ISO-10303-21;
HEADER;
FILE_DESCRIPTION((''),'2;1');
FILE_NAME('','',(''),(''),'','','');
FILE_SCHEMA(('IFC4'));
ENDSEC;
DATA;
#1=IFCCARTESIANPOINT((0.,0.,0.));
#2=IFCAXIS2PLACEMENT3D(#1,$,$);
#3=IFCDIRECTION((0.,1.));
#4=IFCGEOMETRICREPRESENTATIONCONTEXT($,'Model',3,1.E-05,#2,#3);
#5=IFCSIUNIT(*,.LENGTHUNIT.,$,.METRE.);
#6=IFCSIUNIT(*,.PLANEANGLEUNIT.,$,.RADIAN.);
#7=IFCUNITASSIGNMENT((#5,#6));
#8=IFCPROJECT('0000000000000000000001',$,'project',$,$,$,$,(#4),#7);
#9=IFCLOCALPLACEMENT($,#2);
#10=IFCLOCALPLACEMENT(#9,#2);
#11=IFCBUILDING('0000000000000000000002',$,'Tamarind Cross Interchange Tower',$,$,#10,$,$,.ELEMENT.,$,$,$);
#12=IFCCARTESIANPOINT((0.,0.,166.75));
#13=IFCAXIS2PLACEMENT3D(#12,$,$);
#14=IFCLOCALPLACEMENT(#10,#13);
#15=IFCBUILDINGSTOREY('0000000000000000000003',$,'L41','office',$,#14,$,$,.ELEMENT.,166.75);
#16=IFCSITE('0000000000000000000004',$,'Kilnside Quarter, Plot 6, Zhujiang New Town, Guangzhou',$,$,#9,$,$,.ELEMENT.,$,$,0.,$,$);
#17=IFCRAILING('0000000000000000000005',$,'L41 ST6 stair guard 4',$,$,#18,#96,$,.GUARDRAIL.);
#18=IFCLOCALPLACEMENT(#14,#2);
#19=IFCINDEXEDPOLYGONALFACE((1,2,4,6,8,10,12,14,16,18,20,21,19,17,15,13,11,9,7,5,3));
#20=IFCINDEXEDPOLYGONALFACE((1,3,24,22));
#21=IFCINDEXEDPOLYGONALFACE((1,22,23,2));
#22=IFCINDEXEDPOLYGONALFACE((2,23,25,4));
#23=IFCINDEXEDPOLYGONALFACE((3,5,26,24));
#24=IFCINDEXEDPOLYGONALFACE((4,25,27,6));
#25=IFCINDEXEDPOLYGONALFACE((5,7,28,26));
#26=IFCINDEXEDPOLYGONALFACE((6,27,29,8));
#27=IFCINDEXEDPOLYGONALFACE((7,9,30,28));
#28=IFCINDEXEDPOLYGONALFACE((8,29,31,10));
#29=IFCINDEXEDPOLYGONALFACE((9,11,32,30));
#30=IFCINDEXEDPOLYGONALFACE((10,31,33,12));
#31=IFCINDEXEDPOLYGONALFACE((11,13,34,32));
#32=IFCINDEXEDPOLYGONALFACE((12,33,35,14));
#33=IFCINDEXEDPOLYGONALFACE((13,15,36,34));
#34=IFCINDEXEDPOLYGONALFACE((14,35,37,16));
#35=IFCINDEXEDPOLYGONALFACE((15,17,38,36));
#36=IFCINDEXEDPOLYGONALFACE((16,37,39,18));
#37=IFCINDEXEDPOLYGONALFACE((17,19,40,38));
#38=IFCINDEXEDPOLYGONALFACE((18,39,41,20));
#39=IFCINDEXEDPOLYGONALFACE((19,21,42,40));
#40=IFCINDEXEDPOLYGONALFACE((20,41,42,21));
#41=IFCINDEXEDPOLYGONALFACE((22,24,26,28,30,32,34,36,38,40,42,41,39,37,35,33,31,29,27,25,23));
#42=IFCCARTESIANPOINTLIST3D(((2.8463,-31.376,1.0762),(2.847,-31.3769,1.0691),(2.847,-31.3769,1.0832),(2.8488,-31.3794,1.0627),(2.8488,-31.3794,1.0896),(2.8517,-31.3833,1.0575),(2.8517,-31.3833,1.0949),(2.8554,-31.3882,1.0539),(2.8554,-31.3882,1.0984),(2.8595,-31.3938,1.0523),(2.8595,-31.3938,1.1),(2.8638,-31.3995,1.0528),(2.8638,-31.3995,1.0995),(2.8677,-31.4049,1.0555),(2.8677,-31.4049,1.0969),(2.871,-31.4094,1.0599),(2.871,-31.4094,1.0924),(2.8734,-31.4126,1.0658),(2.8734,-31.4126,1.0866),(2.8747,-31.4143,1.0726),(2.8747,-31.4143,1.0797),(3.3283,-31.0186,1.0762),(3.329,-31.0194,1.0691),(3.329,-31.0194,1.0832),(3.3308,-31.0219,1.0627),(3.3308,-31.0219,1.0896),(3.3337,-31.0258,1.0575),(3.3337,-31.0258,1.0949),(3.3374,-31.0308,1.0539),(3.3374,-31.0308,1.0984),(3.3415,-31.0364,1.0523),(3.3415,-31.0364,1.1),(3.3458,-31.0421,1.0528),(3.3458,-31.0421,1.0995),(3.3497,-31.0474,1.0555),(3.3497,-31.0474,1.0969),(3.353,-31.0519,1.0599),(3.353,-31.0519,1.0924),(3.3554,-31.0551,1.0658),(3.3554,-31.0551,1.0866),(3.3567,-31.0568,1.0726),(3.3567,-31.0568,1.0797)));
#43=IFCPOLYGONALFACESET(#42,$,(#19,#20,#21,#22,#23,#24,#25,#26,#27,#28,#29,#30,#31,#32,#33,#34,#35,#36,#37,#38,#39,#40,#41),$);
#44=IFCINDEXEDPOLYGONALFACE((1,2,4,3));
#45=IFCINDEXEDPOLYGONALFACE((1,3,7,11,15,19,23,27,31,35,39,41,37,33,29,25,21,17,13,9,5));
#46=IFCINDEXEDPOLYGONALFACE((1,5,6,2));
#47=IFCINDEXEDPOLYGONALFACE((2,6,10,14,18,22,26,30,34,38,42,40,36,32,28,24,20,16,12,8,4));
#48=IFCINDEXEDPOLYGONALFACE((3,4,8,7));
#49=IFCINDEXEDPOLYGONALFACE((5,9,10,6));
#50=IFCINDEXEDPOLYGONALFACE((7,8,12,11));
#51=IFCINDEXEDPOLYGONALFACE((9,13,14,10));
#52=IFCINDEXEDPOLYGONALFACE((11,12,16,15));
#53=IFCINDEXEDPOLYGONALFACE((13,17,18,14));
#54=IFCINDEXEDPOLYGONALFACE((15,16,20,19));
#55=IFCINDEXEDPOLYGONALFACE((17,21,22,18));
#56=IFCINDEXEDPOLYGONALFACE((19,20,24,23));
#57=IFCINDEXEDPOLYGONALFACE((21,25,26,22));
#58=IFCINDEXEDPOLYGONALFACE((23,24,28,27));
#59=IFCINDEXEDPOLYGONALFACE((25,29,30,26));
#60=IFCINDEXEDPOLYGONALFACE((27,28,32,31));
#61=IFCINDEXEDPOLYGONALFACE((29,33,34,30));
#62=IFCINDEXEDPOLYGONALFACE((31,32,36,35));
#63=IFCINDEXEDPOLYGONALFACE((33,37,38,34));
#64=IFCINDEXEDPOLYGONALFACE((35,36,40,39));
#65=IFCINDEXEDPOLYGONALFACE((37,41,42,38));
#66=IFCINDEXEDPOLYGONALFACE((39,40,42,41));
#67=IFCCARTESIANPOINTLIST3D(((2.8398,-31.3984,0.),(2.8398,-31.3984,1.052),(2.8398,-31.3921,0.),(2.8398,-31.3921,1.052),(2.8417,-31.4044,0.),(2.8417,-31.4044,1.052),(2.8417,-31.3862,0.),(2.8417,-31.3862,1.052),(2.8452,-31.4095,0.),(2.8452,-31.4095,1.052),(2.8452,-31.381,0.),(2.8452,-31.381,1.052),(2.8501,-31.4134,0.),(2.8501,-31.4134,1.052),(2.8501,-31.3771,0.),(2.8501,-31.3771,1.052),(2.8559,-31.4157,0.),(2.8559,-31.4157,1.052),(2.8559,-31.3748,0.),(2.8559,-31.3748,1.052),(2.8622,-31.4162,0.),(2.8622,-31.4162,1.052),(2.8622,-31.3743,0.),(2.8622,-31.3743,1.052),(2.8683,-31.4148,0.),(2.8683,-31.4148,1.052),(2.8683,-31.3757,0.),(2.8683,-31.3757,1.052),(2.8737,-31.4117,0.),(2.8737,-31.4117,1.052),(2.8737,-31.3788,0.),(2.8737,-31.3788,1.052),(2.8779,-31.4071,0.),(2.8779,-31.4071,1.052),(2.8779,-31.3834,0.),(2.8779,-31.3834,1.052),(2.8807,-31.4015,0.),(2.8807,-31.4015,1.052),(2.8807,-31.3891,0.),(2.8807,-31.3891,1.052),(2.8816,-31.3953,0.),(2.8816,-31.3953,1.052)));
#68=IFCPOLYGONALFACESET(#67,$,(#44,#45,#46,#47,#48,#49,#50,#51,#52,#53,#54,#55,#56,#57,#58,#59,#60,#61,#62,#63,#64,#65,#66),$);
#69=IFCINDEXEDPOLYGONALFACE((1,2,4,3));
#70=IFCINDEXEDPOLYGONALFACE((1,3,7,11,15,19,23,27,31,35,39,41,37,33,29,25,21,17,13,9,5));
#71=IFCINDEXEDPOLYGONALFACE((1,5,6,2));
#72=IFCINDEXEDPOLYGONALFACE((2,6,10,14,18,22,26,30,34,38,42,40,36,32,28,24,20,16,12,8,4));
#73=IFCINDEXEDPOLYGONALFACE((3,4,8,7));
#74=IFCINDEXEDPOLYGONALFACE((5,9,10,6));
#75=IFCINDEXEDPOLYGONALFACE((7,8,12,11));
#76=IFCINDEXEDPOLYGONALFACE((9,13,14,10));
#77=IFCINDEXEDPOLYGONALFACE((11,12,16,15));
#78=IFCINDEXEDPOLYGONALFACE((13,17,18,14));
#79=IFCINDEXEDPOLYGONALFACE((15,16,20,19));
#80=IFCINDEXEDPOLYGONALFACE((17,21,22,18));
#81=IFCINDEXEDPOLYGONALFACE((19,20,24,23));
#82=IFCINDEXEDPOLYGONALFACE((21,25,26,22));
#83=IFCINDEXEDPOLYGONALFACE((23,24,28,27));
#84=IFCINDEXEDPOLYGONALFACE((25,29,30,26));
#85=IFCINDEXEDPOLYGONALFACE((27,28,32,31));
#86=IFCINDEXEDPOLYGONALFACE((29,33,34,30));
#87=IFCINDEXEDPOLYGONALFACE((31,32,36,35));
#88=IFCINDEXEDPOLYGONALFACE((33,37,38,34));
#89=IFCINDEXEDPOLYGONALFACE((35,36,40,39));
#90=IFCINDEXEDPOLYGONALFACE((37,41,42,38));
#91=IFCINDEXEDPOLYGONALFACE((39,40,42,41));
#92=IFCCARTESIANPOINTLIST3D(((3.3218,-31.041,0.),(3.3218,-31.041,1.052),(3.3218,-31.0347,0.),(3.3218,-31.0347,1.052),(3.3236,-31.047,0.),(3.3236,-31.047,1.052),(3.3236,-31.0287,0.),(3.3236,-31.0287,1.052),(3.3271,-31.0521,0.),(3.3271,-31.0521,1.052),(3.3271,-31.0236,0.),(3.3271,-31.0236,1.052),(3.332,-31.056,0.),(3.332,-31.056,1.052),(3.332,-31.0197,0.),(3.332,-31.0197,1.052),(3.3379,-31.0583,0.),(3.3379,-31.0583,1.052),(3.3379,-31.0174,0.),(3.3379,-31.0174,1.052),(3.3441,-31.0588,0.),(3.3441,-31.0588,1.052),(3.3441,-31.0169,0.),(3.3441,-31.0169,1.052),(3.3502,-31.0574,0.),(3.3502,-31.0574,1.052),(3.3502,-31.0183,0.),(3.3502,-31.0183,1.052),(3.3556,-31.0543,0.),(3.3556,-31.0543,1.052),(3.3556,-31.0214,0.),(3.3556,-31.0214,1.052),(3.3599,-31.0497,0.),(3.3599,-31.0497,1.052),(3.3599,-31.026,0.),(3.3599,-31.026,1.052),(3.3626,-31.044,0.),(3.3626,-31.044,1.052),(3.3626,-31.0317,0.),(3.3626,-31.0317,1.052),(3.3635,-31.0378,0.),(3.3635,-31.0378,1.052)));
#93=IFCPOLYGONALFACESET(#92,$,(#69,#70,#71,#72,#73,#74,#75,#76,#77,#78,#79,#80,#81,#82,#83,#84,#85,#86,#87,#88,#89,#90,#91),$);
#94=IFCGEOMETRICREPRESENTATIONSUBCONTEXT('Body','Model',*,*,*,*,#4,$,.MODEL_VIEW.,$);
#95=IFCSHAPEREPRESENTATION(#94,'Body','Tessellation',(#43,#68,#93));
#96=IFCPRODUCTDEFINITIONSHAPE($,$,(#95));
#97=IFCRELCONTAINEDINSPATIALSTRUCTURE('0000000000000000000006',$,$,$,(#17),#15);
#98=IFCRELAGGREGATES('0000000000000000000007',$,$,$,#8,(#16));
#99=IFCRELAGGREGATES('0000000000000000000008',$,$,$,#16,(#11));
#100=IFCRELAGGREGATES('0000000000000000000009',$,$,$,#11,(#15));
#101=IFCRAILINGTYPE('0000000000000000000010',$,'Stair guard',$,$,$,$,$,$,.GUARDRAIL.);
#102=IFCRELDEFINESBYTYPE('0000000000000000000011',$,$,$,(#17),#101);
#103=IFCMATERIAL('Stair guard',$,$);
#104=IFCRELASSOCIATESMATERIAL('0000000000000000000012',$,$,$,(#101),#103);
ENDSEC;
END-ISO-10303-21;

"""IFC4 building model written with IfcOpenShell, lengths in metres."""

from ifc_helpers import new_model, si_unit, direction, frame, origin, origin_2d, place, context, subcontext, project, spatial, circle, extrude, material, type_object, element, save


model = new_model("IFC4")

# Units and contexts
model_context = context("Model", 3, precision=1e-05, world=origin(), true_north=direction((0.0, 1.0)))
body_context = subcontext(model_context, "Body", "Model", "MODEL_VIEW")
ifc_project = project(units=[si_unit("LENGTHUNIT", "METRE"), si_unit("PLANEANGLEUNIT", "RADIAN")], contexts=[model_context])

# Site, building, storey
site_placement = place(None, origin())
site = spatial("IfcSite", under=ifc_project, at=site_placement, Name="Kilnside Quarter, Plot 6, Zhujiang New Town, Guangzhou", CompositionType="ELEMENT", RefElevation=0.0)
building_placement = place(site_placement, origin())
building = spatial("IfcBuilding", under=site, at=building_placement, Name="Tamarind Cross Interchange Tower", CompositionType="ELEMENT")
storey_placement = place(building_placement, frame((0.0, 0.0, 166.75)))
storey = spatial("IfcBuildingStorey", under=building, at=storey_placement, Name="L41", Description="office", CompositionType="ELEMENT", Elevation=166.75)

# Railing
ifc_material_1 = material(Name="Stair guard")
railing_type = type_object("IfcRailingType", Name="Stair guard", PredefinedType="GUARDRAIL", material=ifc_material_1)
railing_1_placement = place(storey_placement, frame((2.8606, -31.3953, 0.0)))
element("IfcRailing", 1, at=railing_1_placement, inside=storey, type_object=railing_type, Name="L41 ST6 stair guard 4", PredefinedType="GUARDRAIL", context=body_context, shape_type="SweptSolid", body=[
    extrude(circle(Radius=0.0239, at=origin_2d()), frame((0.0, 0.0, 1.0762), z_axis=(0.803211, 0.595695, 0.0), x_axis=(-0.595695, 0.803211, 0.0)), (0.0, 0.0, 1.0), 0.6001),
    extrude(circle(Radius=0.021, at=origin_2d()), origin(), (0.0, 0.0, 1.0), 1.052),
    extrude(circle(Radius=0.021, at=origin_2d()), frame((0.4819, 0.3574, 0.0)), (0.0, 0.0, 1.0), 1.052),
])

save(model, "model.ifc")
